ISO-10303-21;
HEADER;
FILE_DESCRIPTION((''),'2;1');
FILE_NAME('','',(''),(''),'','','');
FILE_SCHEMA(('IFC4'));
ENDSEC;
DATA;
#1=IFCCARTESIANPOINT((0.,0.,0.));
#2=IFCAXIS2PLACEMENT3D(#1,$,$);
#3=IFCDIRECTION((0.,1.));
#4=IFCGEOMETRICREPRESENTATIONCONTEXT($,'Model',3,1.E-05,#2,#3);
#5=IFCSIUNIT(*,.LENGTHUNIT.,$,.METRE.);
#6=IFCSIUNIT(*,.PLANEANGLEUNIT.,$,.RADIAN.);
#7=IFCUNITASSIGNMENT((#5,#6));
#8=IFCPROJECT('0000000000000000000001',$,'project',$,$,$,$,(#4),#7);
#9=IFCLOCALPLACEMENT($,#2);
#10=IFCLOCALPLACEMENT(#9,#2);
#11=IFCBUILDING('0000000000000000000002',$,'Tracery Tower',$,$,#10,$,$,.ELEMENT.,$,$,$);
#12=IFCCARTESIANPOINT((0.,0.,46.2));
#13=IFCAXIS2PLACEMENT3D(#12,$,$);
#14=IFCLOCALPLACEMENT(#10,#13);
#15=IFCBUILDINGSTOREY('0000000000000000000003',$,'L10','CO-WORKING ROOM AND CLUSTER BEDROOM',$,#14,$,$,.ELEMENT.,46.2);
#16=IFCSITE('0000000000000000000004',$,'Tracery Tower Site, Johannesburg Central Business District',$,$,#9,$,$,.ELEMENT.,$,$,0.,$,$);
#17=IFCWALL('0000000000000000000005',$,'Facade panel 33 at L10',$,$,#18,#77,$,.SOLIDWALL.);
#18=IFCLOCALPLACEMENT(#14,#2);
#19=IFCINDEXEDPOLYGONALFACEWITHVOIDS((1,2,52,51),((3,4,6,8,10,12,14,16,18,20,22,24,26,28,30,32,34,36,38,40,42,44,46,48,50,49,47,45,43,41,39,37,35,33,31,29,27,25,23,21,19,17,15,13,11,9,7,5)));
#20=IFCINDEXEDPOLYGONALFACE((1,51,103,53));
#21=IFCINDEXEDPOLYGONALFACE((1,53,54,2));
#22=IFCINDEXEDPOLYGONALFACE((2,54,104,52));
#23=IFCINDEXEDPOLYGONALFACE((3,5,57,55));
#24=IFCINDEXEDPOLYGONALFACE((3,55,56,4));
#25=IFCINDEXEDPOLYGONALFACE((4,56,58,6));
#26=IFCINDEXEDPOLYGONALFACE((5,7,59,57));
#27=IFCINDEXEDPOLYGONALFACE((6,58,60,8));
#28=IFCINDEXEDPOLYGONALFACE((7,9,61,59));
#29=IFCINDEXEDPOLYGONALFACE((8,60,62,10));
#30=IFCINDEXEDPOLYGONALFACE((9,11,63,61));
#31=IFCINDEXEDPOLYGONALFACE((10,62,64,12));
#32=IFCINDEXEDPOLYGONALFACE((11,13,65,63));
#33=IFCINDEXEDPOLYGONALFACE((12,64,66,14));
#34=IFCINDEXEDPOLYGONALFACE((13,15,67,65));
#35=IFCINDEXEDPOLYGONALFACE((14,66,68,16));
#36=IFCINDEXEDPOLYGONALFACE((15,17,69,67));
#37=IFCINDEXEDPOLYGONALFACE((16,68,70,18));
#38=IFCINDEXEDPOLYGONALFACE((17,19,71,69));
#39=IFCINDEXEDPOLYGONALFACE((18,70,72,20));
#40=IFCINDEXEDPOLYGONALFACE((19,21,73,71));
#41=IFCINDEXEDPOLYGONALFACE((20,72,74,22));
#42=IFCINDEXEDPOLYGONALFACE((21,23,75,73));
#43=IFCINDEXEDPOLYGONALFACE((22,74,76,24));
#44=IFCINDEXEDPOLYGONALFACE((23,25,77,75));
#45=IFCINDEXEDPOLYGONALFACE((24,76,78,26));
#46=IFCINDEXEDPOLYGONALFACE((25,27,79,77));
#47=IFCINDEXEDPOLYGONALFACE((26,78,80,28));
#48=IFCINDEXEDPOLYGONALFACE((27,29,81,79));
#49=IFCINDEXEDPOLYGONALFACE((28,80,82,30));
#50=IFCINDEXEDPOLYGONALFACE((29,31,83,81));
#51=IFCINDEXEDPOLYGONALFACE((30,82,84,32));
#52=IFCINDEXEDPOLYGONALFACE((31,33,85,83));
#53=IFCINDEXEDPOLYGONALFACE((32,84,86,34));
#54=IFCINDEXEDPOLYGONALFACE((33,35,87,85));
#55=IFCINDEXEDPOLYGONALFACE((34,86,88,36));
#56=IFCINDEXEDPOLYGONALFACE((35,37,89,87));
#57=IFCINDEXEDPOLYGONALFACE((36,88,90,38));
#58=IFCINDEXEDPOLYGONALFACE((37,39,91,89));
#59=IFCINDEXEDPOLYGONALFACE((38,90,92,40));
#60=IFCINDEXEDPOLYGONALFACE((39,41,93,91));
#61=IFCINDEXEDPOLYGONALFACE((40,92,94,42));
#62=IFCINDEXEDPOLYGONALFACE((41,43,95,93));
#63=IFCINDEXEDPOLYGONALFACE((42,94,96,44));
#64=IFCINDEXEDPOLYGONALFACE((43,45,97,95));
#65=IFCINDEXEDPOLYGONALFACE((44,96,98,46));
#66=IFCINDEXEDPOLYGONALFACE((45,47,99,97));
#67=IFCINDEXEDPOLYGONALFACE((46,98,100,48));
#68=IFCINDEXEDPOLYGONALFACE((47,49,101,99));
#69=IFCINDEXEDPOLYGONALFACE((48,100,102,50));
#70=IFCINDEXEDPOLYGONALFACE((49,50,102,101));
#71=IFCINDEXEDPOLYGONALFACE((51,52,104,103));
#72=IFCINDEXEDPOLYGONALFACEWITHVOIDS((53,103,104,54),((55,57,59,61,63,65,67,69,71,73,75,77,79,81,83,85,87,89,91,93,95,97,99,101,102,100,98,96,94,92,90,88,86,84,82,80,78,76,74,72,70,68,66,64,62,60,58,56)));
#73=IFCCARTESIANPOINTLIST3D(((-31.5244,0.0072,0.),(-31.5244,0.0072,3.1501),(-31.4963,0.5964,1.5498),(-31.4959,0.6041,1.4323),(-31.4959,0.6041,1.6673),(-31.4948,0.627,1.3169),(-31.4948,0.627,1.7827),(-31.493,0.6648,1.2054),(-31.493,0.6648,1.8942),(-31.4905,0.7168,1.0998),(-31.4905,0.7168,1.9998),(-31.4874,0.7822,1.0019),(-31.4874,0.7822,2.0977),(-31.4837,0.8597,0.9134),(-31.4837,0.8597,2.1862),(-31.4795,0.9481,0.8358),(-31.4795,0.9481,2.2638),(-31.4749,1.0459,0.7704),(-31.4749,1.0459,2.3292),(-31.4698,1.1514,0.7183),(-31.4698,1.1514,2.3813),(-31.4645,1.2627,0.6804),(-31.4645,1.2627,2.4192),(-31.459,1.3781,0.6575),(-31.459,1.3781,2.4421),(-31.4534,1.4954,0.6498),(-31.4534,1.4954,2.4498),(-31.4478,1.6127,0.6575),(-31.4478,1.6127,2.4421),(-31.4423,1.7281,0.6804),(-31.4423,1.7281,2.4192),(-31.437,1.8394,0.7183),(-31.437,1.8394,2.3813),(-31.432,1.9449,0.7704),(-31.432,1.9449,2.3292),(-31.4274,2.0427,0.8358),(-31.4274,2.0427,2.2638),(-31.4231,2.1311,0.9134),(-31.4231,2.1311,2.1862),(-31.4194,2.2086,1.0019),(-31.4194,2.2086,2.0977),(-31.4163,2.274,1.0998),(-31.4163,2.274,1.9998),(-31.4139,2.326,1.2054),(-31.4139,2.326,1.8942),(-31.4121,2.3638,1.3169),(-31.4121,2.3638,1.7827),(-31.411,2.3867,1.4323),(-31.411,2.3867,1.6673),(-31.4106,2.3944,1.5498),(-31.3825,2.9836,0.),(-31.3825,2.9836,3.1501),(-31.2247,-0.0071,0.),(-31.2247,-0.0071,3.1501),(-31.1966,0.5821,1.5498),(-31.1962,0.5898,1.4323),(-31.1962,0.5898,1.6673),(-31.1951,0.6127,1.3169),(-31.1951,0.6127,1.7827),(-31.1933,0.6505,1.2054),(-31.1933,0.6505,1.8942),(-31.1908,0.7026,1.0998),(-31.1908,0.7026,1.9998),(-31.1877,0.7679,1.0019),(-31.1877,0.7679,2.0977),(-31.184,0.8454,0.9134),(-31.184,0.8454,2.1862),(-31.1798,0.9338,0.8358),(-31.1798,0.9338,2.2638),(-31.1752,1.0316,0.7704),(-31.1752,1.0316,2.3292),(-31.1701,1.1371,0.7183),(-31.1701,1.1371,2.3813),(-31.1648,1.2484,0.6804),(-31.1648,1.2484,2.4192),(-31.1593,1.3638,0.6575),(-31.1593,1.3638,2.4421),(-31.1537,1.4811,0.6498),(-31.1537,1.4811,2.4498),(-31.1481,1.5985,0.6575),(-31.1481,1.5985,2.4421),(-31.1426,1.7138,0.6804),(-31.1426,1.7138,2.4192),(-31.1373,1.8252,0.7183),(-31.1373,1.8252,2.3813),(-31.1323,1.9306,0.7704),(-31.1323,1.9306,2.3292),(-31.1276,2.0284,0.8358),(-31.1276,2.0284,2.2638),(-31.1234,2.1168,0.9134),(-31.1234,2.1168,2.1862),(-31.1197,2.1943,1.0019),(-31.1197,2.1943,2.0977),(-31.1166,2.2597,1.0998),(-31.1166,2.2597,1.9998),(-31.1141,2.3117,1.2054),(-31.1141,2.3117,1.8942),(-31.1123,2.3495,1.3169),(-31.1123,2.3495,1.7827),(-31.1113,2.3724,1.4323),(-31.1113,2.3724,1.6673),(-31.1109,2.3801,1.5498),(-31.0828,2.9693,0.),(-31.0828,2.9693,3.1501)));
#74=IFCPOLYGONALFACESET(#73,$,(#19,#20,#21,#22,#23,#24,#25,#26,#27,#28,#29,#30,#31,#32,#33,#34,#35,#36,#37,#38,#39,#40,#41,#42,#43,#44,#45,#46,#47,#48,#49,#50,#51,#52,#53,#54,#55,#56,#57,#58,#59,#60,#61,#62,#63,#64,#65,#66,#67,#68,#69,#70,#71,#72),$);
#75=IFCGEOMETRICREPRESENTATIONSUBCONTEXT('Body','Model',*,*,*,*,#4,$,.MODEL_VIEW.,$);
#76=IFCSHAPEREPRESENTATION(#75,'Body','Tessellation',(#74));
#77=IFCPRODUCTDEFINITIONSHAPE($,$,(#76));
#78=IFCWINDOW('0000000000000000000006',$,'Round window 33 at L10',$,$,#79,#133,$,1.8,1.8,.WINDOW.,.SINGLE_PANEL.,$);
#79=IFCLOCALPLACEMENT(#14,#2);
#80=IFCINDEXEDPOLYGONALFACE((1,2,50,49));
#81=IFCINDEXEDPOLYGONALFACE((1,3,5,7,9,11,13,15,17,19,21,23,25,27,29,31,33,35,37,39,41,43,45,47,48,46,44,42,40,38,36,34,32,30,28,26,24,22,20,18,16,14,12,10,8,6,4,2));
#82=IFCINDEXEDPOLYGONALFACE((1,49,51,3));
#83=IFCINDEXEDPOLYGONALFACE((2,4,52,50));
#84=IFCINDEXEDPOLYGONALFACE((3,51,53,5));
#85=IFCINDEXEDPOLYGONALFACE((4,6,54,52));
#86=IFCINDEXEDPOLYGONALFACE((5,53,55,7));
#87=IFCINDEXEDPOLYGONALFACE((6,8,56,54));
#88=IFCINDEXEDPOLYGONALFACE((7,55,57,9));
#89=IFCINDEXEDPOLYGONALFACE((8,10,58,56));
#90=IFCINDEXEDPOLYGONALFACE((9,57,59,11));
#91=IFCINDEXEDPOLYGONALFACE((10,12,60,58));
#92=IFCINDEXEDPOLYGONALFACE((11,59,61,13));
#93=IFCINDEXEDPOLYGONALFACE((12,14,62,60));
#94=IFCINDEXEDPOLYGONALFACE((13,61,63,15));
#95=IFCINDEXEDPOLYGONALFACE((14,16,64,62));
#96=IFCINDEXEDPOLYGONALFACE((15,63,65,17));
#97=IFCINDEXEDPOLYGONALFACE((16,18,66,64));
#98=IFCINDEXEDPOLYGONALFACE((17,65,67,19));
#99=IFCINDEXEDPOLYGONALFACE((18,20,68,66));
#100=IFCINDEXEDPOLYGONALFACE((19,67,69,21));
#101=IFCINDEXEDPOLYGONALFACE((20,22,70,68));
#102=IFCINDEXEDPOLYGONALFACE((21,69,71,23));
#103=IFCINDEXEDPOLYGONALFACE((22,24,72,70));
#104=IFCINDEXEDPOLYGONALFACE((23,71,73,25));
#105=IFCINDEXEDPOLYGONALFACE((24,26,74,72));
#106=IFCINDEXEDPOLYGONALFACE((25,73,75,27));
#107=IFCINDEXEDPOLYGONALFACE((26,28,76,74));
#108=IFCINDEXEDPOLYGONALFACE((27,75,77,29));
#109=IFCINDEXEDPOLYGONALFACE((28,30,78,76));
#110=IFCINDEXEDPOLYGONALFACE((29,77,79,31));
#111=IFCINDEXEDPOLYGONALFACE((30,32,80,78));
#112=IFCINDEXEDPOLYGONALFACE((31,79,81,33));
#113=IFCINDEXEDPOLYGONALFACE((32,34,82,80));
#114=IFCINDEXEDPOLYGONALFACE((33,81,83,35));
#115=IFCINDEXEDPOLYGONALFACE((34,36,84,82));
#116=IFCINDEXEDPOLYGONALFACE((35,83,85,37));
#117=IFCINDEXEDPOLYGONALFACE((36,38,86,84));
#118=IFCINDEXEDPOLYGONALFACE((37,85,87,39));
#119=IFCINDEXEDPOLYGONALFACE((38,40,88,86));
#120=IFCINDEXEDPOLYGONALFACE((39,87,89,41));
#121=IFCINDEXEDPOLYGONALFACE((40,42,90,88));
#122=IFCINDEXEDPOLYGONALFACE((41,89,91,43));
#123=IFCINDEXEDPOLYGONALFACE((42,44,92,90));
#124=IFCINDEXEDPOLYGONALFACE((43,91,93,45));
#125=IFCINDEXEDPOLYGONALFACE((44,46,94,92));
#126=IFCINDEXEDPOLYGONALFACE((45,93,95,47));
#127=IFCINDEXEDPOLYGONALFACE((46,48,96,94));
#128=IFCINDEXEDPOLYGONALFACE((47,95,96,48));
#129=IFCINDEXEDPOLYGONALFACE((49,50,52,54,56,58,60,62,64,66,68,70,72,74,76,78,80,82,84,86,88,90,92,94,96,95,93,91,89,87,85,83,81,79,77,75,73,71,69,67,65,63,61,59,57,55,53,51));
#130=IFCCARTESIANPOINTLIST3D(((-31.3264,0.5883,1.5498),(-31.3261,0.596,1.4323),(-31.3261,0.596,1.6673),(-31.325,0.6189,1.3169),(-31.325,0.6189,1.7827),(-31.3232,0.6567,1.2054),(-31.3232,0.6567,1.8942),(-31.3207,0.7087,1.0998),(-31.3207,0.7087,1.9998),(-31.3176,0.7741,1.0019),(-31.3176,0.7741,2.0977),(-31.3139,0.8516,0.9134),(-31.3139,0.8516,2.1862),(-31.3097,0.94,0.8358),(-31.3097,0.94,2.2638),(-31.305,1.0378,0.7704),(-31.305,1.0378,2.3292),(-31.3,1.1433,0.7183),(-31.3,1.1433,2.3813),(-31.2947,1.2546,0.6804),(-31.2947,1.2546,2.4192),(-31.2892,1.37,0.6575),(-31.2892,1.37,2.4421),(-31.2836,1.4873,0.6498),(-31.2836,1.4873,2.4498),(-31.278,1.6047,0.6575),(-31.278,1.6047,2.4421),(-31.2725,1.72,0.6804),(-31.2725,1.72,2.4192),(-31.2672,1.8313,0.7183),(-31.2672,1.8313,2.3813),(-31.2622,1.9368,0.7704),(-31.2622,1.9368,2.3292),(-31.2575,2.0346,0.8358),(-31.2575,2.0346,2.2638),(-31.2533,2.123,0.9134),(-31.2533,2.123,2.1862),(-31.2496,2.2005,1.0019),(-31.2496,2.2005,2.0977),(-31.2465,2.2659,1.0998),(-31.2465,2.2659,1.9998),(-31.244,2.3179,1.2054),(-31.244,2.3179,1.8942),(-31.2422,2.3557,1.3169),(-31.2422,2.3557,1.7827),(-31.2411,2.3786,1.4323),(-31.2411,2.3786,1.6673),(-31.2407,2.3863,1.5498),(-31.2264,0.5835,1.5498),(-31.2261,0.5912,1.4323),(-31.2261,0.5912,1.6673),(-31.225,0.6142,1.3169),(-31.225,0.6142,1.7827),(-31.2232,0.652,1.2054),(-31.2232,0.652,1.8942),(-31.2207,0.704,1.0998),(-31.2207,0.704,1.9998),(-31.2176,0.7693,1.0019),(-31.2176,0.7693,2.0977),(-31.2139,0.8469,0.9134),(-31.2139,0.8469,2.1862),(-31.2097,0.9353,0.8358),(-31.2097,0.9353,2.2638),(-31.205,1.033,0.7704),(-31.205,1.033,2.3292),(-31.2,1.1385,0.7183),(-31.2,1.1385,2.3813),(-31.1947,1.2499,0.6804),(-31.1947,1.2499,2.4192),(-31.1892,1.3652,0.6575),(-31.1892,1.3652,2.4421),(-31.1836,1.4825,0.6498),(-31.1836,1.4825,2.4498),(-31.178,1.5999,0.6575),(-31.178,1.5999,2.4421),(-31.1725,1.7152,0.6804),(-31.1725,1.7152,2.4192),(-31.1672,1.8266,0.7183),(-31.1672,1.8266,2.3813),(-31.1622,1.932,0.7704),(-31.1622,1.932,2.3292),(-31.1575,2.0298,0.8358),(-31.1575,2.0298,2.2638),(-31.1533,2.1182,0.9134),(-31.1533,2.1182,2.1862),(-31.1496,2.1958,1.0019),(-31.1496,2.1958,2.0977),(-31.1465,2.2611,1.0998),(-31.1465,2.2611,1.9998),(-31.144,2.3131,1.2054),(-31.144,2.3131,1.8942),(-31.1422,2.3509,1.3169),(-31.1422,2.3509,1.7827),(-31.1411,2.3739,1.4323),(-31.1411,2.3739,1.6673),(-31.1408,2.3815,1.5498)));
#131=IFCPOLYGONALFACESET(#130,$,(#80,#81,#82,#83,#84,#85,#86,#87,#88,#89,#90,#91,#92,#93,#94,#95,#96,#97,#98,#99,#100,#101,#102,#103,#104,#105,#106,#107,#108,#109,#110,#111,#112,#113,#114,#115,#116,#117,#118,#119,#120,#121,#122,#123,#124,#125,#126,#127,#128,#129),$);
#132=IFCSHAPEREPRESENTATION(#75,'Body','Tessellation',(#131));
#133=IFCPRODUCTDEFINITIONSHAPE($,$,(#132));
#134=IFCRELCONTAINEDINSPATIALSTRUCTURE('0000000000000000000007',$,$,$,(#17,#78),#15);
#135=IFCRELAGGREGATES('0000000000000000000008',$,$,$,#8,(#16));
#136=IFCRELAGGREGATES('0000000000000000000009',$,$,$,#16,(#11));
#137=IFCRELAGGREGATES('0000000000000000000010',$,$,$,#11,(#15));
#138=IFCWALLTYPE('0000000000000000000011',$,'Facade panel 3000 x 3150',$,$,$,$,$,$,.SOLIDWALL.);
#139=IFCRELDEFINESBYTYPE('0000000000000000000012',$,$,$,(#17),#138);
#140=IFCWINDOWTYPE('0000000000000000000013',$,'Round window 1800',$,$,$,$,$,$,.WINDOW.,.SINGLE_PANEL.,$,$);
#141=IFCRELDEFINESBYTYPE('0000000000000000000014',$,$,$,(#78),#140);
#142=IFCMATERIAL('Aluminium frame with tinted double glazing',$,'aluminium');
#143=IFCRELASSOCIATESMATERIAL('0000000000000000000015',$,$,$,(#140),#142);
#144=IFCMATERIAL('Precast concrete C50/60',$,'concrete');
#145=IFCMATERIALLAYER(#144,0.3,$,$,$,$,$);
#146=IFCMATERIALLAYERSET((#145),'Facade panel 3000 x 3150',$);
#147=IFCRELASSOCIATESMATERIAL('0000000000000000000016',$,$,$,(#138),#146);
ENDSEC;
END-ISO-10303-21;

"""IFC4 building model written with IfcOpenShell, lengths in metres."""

from ifc_helpers import new_model, si_unit, direction, frame, frame_2d, origin, origin_2d, place, context, subcontext, project, spatial, rectangle, circle, extrude, material, layer, layer_set, type_object, element, fill, save


model = new_model("IFC4")

# Units and contexts
model_context = context("Model", 3, precision=1e-05, world=origin(), true_north=direction((0.0, 1.0)))
body_context = subcontext(model_context, "Body", "Model", "MODEL_VIEW")
ifc_project = project(units=[si_unit("LENGTHUNIT", "METRE"), si_unit("PLANEANGLEUNIT", "RADIAN")], contexts=[model_context])

# Site, building, storey
site_placement = place(None, origin())
site = spatial("IfcSite", under=ifc_project, at=site_placement, Name="Tracery Tower Site, Johannesburg Central Business District", CompositionType="ELEMENT", RefElevation=0.0)
building_placement = place(site_placement, origin())
building = spatial("IfcBuilding", under=site, at=building_placement, Name="Tracery Tower", CompositionType="ELEMENT")
storey_placement = place(building_placement, frame((0.0, 0.0, 46.2)))
storey = spatial("IfcBuildingStorey", under=building, at=storey_placement, Name="L10", Description="CO-WORKING ROOM AND CLUSTER BEDROOM", CompositionType="ELEMENT", Elevation=46.2)

# Wall, opening, window
ifc_material_1 = material(Name="Aluminium frame with tinted double glazing", Category="aluminium")
window_type = type_object("IfcWindowType", Name="Round window 1800", PartitioningType="SINGLE_PANEL", PredefinedType="WINDOW", material=ifc_material_1)
ifc_material_2 = material(Name="Precast concrete C50/60", Category="concrete")
ifc_layer_1 = layer(ifc_material_2, 0.3)
ifc_layer_set_1 = layer_set([ifc_layer_1], Name="Facade panel 3000 x 3150")
wall_type_1 = type_object("IfcWallType", Name="Facade panel 3000 x 3150", PredefinedType="SOLIDWALL", material=ifc_layer_set_1)
wall_1_placement = place(storey_placement, frame((-31.2327, 2.9763, 0.0), z_axis=(0.0, 0.0, 1.0), x_axis=(-0.047604, -0.998866, 0.0)))
wall_1 = element("IfcWall", 1, at=wall_1_placement, inside=storey, type_object=wall_type_1, Name="Facade panel 33 at L10", PredefinedType="SOLIDWALL", context=body_context, shape_type="SweptSolid", body=[
    extrude(rectangle(XDim=2.9797, YDim=0.3, at=frame_2d((1.4897, 0.0))), origin(), (0.0, 0.0, 1.0), 3.1501),
])
opening_1_placement = place(wall_1_placement, frame((1.4897, 0.0, 1.5498)))
opening_1 = element("IfcOpeningElement", 2, at=opening_1_placement, cuts=wall_1, PredefinedType="OPENING", context=body_context, shape_type="SweptSolid", body=[
    extrude(circle(Radius=0.9, at=origin_2d()), frame((0.0, 0.1599, 0.0), z_axis=(0.0, -1.0, 0.0), x_axis=(1.0, 0.0, 0.0)), (0.0, 0.0, 1.0), 0.3201),
])
window_1_placement = place(opening_1_placement, origin())
window_1 = element("IfcWindow", 3, at=window_1_placement, inside=storey, type_object=window_type, Name="Round window 33 at L10", OverallHeight=1.8, OverallWidth=1.8, PartitioningType="SINGLE_PANEL", PredefinedType="WINDOW", context=body_context, shape_type="SweptSolid", body=[
    extrude(circle(Radius=0.9, at=origin_2d()), frame((0.0, 0.1201, 0.0), z_axis=(0.0, -1.0, 0.0), x_axis=(1.0, 0.0, 0.0)), (0.0, 0.0, 1.0), 0.1001),
])
fill(opening_1, window_1)

save(model, "model.ifc")
